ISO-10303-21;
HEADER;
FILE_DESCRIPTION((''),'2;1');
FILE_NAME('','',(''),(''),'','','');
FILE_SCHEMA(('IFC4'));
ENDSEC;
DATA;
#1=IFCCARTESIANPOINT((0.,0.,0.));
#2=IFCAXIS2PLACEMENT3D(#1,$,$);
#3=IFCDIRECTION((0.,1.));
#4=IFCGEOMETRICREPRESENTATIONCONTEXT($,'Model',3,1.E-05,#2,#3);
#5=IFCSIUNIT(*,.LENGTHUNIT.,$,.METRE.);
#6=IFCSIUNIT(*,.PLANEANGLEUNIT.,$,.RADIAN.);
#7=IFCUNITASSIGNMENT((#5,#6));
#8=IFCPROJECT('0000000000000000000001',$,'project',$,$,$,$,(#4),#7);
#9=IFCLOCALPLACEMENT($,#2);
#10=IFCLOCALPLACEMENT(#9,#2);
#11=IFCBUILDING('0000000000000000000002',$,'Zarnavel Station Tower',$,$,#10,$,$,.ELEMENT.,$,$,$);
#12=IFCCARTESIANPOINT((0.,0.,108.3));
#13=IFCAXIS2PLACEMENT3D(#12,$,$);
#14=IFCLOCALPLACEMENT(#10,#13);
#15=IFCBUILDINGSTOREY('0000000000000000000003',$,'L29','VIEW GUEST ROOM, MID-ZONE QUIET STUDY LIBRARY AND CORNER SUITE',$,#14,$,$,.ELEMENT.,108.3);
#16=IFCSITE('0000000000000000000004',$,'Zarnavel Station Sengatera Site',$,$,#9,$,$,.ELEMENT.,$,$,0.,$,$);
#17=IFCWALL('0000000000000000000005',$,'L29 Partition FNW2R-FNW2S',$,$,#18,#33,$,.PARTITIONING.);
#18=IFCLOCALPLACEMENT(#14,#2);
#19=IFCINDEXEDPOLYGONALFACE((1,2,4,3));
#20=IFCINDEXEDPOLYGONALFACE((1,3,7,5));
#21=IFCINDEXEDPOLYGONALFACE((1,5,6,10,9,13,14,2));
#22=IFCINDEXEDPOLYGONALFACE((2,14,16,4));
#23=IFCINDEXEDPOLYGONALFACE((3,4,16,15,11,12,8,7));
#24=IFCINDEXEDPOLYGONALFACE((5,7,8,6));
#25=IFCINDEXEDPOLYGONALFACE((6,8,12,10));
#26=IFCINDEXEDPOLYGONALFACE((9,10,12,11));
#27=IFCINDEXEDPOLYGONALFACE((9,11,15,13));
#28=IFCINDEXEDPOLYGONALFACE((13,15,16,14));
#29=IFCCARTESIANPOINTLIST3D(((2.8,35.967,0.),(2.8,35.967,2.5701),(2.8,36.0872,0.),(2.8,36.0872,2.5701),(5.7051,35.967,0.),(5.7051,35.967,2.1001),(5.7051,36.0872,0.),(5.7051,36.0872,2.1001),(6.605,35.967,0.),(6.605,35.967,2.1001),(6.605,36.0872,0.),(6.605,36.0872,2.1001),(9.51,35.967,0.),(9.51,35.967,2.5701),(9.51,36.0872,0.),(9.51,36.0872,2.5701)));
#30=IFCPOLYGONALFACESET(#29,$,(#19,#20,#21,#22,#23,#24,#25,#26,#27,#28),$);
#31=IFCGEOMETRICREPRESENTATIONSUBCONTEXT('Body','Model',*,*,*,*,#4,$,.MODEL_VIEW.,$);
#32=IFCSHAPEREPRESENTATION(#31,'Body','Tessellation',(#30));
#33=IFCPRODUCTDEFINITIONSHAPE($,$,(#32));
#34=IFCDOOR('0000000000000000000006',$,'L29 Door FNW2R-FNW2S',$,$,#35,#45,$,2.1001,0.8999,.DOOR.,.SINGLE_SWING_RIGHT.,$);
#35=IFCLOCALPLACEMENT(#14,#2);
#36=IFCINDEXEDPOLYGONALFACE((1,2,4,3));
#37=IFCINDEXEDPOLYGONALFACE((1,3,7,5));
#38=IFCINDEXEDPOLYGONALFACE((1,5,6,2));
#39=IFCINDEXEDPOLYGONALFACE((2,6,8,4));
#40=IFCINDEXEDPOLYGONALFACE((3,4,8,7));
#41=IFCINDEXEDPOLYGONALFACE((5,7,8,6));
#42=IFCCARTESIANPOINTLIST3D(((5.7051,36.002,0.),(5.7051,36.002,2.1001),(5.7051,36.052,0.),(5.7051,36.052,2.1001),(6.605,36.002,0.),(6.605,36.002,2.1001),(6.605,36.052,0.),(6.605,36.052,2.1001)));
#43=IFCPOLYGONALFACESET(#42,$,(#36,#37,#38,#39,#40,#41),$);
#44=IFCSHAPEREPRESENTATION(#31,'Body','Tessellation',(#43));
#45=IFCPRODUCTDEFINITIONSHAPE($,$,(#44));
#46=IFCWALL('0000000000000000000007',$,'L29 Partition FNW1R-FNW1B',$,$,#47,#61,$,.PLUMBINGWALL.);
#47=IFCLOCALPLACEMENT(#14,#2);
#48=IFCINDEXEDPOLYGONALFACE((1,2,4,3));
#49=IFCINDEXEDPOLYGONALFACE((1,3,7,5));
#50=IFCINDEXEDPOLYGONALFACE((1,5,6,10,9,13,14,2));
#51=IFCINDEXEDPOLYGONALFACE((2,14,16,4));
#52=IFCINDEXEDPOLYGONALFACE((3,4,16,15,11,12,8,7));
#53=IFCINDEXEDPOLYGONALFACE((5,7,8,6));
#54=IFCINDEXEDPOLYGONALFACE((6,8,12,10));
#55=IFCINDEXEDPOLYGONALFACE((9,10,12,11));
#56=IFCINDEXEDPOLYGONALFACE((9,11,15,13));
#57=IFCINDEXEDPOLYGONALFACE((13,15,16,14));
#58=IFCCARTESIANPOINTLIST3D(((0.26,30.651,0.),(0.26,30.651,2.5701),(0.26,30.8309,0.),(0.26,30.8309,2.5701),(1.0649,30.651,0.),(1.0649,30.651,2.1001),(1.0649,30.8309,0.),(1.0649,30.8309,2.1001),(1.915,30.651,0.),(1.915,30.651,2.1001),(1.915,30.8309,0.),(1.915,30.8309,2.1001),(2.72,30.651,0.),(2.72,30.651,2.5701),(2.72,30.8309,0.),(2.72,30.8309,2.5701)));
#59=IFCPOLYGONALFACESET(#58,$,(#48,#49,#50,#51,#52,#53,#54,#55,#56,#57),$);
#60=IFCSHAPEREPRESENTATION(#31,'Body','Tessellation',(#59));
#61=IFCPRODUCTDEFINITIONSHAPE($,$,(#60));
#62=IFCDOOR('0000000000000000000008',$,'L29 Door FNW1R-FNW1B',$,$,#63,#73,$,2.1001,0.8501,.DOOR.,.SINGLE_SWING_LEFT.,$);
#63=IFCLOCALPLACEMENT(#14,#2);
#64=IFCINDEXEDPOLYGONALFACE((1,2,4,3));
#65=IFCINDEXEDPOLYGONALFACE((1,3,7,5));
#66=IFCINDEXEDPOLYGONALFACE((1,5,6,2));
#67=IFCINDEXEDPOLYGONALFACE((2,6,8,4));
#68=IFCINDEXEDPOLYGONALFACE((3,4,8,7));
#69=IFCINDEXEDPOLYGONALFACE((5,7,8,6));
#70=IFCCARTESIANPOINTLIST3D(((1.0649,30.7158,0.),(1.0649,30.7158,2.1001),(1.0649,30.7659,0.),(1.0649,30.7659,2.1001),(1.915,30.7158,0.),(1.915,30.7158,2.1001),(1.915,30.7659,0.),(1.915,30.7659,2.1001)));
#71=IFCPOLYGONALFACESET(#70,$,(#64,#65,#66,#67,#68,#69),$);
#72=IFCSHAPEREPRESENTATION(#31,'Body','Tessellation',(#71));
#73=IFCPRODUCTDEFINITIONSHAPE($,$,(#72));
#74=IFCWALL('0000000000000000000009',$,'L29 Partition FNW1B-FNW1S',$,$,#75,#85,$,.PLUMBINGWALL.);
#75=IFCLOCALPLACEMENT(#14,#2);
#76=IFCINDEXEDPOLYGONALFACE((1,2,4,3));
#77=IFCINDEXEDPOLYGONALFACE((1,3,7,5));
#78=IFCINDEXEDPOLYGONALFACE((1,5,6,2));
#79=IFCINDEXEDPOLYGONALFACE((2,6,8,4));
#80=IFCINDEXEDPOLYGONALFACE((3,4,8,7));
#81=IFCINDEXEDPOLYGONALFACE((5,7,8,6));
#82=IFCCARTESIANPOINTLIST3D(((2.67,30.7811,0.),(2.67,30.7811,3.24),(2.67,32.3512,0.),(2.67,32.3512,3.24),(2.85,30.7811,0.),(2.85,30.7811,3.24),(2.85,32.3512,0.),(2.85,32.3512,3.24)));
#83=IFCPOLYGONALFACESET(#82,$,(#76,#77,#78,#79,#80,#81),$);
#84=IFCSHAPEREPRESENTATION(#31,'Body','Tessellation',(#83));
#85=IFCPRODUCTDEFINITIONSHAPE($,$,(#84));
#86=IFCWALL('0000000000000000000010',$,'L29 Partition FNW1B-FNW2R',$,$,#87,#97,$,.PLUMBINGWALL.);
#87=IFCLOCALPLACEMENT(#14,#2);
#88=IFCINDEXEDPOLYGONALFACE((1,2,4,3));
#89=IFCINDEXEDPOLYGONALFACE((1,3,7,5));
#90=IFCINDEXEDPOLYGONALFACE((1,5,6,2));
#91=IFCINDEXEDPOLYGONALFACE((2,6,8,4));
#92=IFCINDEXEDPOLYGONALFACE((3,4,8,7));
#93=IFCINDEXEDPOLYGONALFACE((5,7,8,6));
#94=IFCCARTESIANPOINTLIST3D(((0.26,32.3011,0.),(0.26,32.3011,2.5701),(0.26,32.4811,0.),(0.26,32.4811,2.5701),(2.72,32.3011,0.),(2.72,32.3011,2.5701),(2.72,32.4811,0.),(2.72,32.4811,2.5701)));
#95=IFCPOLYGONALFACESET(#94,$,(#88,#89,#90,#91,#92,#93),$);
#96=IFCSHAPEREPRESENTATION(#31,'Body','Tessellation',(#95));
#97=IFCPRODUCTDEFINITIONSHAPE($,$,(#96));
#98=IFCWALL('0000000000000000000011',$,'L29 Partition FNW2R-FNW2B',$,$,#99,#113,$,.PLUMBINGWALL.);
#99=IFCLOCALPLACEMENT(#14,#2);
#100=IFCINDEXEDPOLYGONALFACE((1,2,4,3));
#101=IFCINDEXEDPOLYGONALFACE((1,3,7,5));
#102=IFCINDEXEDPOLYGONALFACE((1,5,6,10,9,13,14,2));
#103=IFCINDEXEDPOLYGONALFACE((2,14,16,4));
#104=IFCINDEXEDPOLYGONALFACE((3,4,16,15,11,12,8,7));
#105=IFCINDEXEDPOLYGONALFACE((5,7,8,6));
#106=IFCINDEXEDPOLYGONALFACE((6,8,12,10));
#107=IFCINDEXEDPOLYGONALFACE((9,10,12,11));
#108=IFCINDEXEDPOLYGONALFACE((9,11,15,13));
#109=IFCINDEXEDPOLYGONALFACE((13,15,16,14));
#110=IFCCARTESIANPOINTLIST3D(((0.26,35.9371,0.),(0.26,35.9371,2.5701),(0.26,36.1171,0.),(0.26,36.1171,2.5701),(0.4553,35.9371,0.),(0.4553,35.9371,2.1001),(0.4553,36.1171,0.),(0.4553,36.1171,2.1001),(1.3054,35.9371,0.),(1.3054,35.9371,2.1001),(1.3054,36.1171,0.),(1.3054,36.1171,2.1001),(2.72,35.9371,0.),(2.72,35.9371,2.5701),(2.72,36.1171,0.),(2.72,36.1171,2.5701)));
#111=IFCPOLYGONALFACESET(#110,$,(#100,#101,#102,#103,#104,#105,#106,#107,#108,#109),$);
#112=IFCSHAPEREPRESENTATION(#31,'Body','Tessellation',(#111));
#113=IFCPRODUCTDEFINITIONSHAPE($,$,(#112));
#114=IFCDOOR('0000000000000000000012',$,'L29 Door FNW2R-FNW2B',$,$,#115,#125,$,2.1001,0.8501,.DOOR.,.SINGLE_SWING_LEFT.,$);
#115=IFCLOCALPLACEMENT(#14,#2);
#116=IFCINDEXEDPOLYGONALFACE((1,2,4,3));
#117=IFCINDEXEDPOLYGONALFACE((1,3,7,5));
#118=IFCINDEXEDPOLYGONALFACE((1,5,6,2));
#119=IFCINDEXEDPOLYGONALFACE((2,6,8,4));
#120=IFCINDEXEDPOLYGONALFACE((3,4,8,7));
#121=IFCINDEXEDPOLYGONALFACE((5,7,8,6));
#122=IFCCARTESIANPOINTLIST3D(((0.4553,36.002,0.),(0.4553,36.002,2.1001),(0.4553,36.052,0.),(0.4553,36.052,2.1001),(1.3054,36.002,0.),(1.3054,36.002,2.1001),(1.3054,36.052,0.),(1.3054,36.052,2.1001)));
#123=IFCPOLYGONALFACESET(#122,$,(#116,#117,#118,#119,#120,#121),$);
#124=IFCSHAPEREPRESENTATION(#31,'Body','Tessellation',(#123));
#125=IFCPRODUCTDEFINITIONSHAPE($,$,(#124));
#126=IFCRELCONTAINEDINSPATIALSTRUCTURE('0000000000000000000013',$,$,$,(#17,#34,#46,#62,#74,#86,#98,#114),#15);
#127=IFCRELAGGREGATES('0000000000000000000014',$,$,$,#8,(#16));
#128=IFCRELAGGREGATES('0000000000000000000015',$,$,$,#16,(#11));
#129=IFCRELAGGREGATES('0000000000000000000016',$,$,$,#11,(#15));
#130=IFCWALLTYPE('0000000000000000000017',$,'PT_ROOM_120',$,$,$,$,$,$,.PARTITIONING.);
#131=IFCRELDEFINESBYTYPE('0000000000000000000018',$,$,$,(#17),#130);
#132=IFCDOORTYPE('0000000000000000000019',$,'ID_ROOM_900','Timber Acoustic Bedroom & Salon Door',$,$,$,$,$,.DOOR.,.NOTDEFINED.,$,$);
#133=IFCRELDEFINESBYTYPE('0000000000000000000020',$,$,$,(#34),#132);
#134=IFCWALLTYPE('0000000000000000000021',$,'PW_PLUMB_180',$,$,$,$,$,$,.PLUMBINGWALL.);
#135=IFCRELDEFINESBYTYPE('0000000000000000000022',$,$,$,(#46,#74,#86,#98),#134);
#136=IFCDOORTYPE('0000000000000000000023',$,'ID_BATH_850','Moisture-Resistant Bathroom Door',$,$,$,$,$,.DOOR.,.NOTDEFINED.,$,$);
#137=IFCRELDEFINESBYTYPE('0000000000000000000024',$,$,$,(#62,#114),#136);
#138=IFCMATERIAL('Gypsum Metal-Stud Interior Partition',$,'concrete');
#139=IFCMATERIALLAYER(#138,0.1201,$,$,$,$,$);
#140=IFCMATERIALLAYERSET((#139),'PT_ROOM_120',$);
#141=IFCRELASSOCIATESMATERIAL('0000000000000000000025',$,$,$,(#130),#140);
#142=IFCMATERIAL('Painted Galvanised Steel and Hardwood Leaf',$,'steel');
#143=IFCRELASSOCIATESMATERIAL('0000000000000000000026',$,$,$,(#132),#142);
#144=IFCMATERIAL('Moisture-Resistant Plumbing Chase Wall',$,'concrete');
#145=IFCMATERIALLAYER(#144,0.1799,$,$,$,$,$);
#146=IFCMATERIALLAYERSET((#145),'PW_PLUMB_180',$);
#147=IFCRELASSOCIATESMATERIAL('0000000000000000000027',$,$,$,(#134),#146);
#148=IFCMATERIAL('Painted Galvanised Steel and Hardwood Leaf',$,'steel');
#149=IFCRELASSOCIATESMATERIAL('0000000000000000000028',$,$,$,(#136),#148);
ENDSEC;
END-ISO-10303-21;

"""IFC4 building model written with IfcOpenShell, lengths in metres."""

from ifc_helpers import new_model, si_unit, direction, frame, frame_2d, origin, place, context, subcontext, project, spatial, rectangle, extrude, material, layer, layer_set, type_object, element, fill, save


model = new_model("IFC4")

# Units and contexts
model_context = context("Model", 3, precision=1e-05, world=origin(), true_north=direction((0.0, 1.0)))
body_context = subcontext(model_context, "Body", "Model", "MODEL_VIEW")
ifc_project = project(units=[si_unit("LENGTHUNIT", "METRE"), si_unit("PLANEANGLEUNIT", "RADIAN")], contexts=[model_context])

# Site, building, storey
site_placement = place(None, origin())
site = spatial("IfcSite", under=ifc_project, at=site_placement, Name="Zarnavel Station Sengatera Site", CompositionType="ELEMENT", RefElevation=0.0)
building_placement = place(site_placement, origin())
building = spatial("IfcBuilding", under=site, at=building_placement, Name="Zarnavel Station Tower", CompositionType="ELEMENT")
storey_placement = place(building_placement, frame((0.0, 0.0, 108.3)))
storey = spatial("IfcBuildingStorey", under=building, at=storey_placement, Name="L29", Description="VIEW GUEST ROOM, MID-ZONE QUIET STUDY LIBRARY AND CORNER SUITE", CompositionType="ELEMENT", Elevation=108.3)

# Walls, openings, doors
ifc_material_1 = material(Name="Gypsum Metal-Stud Interior Partition", Category="concrete")
ifc_layer_1 = layer(ifc_material_1, 0.1201)
ifc_layer_set_1 = layer_set([ifc_layer_1], Name="PT_ROOM_120")
wall_type_1 = type_object("IfcWallType", Name="PT_ROOM_120", PredefinedType="PARTITIONING", material=ifc_layer_set_1)
ifc_material_2 = material(Name="Painted Galvanised Steel and Hardwood Leaf", Category="steel")
door_type_1 = type_object("IfcDoorType", Name="ID_ROOM_900", Description="Timber Acoustic Bedroom & Salon Door", OperationType="NOTDEFINED", PredefinedType="DOOR", material=ifc_material_2)
wall_1_placement = place(storey_placement, frame((2.8, 36.0271, 0.0), z_axis=(0.0, 0.0, 1.0), x_axis=(1.0, 0.0, 0.0)))
wall_1 = element("IfcWall", 1, at=wall_1_placement, inside=storey, type_object=wall_type_1, Name="L29 Partition FNW2R-FNW2S", PredefinedType="PARTITIONING", context=body_context, shape_type="SweptSolid", body=[
    extrude(rectangle(XDim=6.71, YDim=0.1201, at=frame_2d((3.355, 0.0))), origin(), (0.0, 0.0, 1.0), 2.5701),
])
opening_1_placement = place(wall_1_placement, frame((2.905, 0.0, 0.0)))
opening_1 = element("IfcOpeningElement", 2, at=opening_1_placement, cuts=wall_1, PredefinedType="OPENING", context=body_context, shape_type="SweptSolid", body=[
    extrude(rectangle(XDim=0.8999, YDim=2.1001, at=frame_2d((0.45, 1.05))), frame((0.0, 0.0701, 0.0), z_axis=(0.0, -1.0, 0.0), x_axis=(1.0, 0.0, 0.0)), (0.0, 0.0, 1.0), 0.1401),
])
door_1_placement = place(opening_1_placement, origin())
door_1 = element("IfcDoor", 3, at=door_1_placement, inside=storey, type_object=door_type_1, Name="L29 Door FNW2R-FNW2S", OperationType="SINGLE_SWING_RIGHT", OverallHeight=2.1001, OverallWidth=0.8999, PredefinedType="DOOR", context=body_context, shape_type="SweptSolid", body=[
    extrude(rectangle(XDim=0.8999, YDim=2.1001, at=frame_2d((0.45, 1.05))), frame((0.0, 0.0249, 0.0), z_axis=(0.0, -1.0, 0.0), x_axis=(1.0, 0.0, 0.0)), (0.0, 0.0, 1.0), 0.05),
])
fill(opening_1, door_1)
ifc_material_3 = material(Name="Moisture-Resistant Plumbing Chase Wall", Category="concrete")
ifc_layer_2 = layer(ifc_material_3, 0.1799)
ifc_layer_set_2 = layer_set([ifc_layer_2], Name="PW_PLUMB_180")
wall_type_2 = type_object("IfcWallType", Name="PW_PLUMB_180", PredefinedType="PLUMBINGWALL", material=ifc_layer_set_2)
wall_2_placement = place(storey_placement, frame((0.26, 30.741, 0.0), z_axis=(0.0, 0.0, 1.0), x_axis=(1.0, 0.0, 0.0)))
wall_2 = element("IfcWall", 4, at=wall_2_placement, inside=storey, type_object=wall_type_2, Name="L29 Partition FNW1R-FNW1B", PredefinedType="PLUMBINGWALL", context=body_context, shape_type="SweptSolid", body=[
    extrude(rectangle(XDim=2.46, YDim=0.1799, at=frame_2d((1.23, 0.0))), origin(), (0.0, 0.0, 1.0), 2.5701),
])
opening_2_placement = place(wall_2_placement, frame((0.8049, 0.0, 0.0)))
opening_2 = element("IfcOpeningElement", 5, at=opening_2_placement, cuts=wall_2, PredefinedType="OPENING", context=body_context, shape_type="SweptSolid", body=[
    extrude(rectangle(XDim=0.8501, YDim=2.1001, at=frame_2d((0.425, 1.05))), frame((0.0, 0.0999, 0.0), z_axis=(0.0, -1.0, 0.0), x_axis=(1.0, 0.0, 0.0)), (0.0, 0.0, 1.0), 0.2),
])
ifc_material_4 = material(Name="Painted Galvanised Steel and Hardwood Leaf", Category="steel")
door_type_2 = type_object("IfcDoorType", Name="ID_BATH_850", Description="Moisture-Resistant Bathroom Door", OperationType="NOTDEFINED", PredefinedType="DOOR", material=ifc_material_4)
door_2_placement = place(opening_2_placement, origin())
door_2 = element("IfcDoor", 6, at=door_2_placement, inside=storey, type_object=door_type_2, Name="L29 Door FNW1R-FNW1B", OperationType="SINGLE_SWING_LEFT", OverallHeight=2.1001, OverallWidth=0.8501, PredefinedType="DOOR", context=body_context, shape_type="SweptSolid", body=[
    extrude(rectangle(XDim=0.8501, YDim=2.1001, at=frame_2d((0.425, 1.05))), frame((0.0, 0.0249, 0.0), z_axis=(0.0, -1.0, 0.0), x_axis=(1.0, 0.0, 0.0)), (0.0, 0.0, 1.0), 0.05),
])
fill(opening_2, door_2)

# Walls
wall_3_placement = place(storey_placement, frame((2.76, 30.781, 0.0), z_axis=(0.0, 0.0, 1.0), x_axis=(0.0, 1.0, 0.0)))
element("IfcWall", 7, at=wall_3_placement, inside=storey, type_object=wall_type_2, Name="L29 Partition FNW1B-FNW1S", PredefinedType="PLUMBINGWALL", context=body_context, shape_type="SweptSolid", body=[
    extrude(rectangle(XDim=1.5701, YDim=0.1799, at=frame_2d((0.7852, 0.0))), origin(), (0.0, 0.0, 1.0), 3.24),
])
wall_4_placement = place(storey_placement, frame((0.26, 32.3911, 0.0), z_axis=(0.0, 0.0, 1.0), x_axis=(1.0, 0.0, 0.0)))
element("IfcWall", 8, at=wall_4_placement, inside=storey, type_object=wall_type_2, Name="L29 Partition FNW1B-FNW2R", PredefinedType="PLUMBINGWALL", context=body_context, shape_type="SweptSolid", body=[
    extrude(rectangle(XDim=2.46, YDim=0.1799, at=frame_2d((1.23, 0.0))), origin(), (0.0, 0.0, 1.0), 2.5701),
])

# Wall, opening, door
wall_5_placement = place(storey_placement, frame((0.26, 36.0271, 0.0), z_axis=(0.0, 0.0, 1.0), x_axis=(1.0, 0.0, 0.0)))
wall_5 = element("IfcWall", 9, at=wall_5_placement, inside=storey, type_object=wall_type_2, Name="L29 Partition FNW2R-FNW2B", PredefinedType="PLUMBINGWALL", context=body_context, shape_type="SweptSolid", body=[
    extrude(rectangle(XDim=2.46, YDim=0.1799, at=frame_2d((1.23, 0.0))), origin(), (0.0, 0.0, 1.0), 2.5701),
])
opening_3_placement = place(wall_5_placement, frame((0.1953, 0.0, 0.0)))
opening_3 = element("IfcOpeningElement", 10, at=opening_3_placement, cuts=wall_5, PredefinedType="OPENING", context=body_context, shape_type="SweptSolid", body=[
    extrude(rectangle(XDim=0.8501, YDim=2.1001, at=frame_2d((0.425, 1.05))), frame((0.0, 0.0999, 0.0), z_axis=(0.0, -1.0, 0.0), x_axis=(1.0, 0.0, 0.0)), (0.0, 0.0, 1.0), 0.2),
])
door_3_placement = place(opening_3_placement, origin())
door_3 = element("IfcDoor", 11, at=door_3_placement, inside=storey, type_object=door_type_2, Name="L29 Door FNW2R-FNW2B", OperationType="SINGLE_SWING_LEFT", OverallHeight=2.1001, OverallWidth=0.8501, PredefinedType="DOOR", context=body_context, shape_type="SweptSolid", body=[
    extrude(rectangle(XDim=0.8501, YDim=2.1001, at=frame_2d((0.425, 1.05))), frame((0.0, 0.0249, 0.0), z_axis=(0.0, -1.0, 0.0), x_axis=(1.0, 0.0, 0.0)), (0.0, 0.0, 1.0), 0.05),
])
fill(opening_3, door_3)

save(model, "model.ifc")
